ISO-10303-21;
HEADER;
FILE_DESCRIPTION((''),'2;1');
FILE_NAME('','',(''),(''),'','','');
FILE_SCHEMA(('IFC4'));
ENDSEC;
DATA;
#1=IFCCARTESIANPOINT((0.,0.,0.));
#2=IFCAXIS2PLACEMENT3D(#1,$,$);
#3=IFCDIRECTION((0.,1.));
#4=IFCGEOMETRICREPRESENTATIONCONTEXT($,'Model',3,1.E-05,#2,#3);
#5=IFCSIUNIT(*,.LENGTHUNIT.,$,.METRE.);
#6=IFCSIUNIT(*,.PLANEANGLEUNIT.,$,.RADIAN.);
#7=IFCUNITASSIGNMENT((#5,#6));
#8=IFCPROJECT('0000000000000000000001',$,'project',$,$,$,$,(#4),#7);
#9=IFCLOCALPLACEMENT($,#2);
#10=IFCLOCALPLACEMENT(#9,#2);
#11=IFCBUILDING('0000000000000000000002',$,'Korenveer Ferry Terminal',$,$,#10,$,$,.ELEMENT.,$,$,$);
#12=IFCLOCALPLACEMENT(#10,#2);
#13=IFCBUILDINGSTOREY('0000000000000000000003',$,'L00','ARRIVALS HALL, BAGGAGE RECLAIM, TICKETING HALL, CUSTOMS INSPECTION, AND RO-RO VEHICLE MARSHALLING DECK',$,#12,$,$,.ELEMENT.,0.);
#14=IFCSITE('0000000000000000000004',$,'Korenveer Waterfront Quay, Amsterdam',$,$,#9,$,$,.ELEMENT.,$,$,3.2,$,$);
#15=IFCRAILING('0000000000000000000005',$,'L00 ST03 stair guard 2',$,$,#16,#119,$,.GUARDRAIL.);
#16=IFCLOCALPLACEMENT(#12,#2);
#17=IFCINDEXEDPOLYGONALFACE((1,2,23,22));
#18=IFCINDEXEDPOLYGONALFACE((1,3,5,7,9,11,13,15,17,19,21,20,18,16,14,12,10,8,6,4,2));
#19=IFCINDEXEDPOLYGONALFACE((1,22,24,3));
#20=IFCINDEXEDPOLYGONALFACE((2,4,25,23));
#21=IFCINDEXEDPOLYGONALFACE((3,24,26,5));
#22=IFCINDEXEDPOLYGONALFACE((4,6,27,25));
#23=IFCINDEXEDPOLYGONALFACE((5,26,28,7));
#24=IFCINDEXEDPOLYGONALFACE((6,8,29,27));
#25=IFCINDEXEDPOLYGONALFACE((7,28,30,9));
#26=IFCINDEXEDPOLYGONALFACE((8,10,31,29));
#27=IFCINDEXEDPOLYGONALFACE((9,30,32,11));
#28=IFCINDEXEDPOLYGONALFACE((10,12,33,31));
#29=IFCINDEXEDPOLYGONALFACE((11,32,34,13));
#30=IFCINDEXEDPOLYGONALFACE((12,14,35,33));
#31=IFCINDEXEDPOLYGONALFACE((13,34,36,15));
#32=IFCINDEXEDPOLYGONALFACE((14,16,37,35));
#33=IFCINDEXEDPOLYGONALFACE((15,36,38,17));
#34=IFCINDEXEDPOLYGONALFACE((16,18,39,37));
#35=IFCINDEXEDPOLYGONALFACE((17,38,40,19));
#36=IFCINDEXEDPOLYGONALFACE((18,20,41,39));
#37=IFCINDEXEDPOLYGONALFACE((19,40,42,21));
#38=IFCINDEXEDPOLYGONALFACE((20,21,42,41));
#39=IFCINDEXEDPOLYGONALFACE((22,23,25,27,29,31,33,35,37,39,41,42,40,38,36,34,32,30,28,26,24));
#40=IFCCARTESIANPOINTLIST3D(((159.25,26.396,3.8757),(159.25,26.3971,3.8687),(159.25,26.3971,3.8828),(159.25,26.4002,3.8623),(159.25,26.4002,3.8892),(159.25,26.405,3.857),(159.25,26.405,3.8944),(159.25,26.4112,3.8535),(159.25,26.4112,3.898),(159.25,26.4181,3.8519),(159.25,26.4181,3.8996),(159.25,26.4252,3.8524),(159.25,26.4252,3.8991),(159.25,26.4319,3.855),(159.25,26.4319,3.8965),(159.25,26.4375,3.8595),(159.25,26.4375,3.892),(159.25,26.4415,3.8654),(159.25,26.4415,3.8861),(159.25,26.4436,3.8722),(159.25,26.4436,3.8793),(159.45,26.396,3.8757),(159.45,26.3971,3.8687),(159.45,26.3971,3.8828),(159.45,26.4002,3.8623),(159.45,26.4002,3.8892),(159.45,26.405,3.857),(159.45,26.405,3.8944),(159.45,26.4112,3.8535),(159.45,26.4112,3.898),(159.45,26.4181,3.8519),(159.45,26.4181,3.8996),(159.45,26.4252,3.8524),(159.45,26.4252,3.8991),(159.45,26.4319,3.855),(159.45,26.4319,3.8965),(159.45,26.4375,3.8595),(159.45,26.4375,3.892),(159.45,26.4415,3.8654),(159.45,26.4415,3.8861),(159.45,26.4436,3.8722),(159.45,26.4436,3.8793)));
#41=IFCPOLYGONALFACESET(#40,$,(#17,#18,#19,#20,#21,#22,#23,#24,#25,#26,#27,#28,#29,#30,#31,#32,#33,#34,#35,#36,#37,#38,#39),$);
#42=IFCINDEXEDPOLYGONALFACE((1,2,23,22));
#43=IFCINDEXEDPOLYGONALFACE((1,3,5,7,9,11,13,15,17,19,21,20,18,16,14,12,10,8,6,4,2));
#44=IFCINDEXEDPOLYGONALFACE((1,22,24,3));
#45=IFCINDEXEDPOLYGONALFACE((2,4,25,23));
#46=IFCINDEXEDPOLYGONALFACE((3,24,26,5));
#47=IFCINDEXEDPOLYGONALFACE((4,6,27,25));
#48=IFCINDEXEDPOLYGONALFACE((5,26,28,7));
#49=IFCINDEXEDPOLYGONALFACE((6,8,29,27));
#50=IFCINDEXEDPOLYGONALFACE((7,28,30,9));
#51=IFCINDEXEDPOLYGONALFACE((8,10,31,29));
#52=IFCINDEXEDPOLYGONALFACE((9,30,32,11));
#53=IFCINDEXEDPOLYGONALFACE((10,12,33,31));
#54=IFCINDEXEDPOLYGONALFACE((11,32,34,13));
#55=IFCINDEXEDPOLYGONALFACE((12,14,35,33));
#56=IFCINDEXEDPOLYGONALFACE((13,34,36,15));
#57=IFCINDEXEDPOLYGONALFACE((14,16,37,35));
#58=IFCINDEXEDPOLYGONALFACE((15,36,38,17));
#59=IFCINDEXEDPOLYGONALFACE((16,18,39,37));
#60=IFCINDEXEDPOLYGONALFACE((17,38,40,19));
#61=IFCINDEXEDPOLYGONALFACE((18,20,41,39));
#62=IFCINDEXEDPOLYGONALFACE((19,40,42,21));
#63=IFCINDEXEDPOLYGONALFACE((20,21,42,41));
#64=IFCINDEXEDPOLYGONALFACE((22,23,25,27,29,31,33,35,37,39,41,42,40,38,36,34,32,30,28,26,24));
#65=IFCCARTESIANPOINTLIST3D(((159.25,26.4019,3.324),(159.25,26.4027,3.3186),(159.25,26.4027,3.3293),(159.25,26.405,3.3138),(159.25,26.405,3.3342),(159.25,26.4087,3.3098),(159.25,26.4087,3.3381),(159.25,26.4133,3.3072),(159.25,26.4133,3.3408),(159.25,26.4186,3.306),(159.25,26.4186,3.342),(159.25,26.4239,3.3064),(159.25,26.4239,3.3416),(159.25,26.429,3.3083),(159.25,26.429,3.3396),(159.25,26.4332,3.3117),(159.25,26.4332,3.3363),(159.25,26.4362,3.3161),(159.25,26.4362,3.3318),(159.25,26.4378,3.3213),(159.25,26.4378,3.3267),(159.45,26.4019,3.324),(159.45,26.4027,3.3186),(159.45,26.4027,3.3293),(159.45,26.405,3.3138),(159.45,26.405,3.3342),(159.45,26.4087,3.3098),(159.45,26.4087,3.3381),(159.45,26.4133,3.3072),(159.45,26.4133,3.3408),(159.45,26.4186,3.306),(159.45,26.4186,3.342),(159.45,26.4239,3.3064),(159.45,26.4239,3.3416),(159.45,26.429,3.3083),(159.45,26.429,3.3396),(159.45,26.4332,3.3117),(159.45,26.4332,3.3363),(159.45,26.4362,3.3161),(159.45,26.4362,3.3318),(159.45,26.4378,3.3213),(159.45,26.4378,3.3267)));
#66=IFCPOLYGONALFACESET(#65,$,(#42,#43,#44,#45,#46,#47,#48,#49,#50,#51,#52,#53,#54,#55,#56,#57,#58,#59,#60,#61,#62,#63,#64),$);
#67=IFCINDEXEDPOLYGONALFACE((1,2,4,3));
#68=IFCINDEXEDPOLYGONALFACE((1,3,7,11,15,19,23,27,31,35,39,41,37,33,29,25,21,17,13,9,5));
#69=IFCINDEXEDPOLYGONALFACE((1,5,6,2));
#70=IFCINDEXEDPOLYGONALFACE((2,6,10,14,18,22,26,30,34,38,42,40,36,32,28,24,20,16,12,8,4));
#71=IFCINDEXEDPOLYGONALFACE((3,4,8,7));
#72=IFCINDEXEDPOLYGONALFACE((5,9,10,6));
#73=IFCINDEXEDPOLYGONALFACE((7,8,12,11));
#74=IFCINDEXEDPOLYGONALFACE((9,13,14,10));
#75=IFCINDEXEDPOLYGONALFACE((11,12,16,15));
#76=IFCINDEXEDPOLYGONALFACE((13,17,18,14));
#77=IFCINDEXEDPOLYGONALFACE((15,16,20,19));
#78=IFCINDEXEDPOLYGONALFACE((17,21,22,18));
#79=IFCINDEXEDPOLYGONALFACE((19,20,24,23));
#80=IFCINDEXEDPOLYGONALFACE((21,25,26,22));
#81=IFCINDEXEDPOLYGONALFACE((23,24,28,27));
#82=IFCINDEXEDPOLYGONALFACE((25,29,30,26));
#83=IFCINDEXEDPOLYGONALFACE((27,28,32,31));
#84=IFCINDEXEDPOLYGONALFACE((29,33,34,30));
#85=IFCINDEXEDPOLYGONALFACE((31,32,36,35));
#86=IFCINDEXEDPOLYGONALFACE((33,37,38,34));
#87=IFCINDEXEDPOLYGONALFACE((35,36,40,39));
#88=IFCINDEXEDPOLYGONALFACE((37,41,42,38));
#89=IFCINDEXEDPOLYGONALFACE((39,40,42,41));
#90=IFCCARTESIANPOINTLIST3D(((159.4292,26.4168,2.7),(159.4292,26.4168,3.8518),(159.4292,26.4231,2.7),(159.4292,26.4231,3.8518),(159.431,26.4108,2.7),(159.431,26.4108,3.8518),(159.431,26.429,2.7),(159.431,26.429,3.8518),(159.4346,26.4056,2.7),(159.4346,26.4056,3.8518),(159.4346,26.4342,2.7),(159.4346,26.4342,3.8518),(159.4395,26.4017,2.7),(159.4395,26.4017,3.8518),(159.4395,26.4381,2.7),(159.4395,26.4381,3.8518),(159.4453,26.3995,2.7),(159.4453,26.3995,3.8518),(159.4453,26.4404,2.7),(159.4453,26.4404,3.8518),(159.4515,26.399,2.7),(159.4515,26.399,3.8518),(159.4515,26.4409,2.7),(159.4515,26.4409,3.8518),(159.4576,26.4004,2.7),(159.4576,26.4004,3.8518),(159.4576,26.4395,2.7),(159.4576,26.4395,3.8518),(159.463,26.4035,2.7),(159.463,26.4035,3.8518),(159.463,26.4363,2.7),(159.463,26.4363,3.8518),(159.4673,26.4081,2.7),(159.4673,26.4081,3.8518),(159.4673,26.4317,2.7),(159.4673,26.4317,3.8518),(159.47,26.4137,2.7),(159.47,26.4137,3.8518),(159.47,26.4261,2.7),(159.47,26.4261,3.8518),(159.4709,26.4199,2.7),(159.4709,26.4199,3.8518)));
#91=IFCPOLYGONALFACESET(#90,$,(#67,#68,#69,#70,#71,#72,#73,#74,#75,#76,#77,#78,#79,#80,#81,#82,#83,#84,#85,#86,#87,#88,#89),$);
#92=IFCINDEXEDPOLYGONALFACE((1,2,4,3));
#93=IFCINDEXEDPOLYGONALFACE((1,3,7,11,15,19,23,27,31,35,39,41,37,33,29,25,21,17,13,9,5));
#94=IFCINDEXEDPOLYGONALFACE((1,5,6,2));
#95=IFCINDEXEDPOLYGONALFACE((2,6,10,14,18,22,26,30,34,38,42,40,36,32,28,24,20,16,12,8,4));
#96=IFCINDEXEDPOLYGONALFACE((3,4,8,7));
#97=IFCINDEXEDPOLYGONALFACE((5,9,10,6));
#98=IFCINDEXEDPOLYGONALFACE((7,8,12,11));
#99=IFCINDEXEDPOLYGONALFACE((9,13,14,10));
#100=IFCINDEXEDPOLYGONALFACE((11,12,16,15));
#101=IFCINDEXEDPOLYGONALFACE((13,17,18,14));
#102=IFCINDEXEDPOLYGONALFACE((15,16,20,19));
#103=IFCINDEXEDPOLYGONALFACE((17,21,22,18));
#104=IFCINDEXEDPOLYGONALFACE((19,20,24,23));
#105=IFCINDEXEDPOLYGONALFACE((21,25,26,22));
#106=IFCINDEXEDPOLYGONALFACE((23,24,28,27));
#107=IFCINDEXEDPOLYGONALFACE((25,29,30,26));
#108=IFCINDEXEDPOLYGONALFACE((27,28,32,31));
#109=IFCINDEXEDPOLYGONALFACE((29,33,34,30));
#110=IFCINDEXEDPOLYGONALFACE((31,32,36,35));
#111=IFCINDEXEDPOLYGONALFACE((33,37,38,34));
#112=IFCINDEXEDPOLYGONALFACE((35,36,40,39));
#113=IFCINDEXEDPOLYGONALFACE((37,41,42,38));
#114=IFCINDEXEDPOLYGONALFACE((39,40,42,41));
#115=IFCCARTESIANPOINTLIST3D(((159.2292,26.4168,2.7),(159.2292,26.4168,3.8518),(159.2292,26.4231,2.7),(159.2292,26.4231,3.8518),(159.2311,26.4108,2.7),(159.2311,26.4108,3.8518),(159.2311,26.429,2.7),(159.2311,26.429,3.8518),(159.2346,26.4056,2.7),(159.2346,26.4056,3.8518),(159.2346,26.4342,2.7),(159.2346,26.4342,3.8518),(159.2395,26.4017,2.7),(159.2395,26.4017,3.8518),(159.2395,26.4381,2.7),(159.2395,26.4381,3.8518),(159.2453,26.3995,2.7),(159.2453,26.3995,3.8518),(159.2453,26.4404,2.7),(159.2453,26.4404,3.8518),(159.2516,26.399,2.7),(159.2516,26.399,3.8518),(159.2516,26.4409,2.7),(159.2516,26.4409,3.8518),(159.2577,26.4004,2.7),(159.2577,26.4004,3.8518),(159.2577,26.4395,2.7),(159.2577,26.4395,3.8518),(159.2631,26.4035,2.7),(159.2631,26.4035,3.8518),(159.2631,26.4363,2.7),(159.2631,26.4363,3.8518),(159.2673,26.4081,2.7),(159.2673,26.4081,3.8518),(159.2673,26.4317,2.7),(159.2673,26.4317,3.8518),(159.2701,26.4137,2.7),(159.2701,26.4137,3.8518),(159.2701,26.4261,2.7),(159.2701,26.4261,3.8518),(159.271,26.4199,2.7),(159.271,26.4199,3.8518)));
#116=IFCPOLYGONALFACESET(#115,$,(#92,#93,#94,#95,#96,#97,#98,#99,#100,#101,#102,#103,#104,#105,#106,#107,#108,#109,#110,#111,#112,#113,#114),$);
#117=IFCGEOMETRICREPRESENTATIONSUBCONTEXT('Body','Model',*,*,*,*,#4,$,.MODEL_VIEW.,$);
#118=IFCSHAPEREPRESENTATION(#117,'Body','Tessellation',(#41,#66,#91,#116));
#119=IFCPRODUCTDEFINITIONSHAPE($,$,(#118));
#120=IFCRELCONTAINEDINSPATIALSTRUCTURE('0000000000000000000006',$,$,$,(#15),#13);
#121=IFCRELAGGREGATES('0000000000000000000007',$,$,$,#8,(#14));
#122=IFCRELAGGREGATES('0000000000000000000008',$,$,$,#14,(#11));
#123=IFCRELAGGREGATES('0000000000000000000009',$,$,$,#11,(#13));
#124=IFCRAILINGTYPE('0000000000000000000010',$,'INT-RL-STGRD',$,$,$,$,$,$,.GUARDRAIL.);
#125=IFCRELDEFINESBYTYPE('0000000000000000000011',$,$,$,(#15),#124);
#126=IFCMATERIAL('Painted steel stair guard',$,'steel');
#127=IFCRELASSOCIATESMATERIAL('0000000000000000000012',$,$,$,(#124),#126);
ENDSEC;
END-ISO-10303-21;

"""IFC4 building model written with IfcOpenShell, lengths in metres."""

from ifc_helpers import new_model, si_unit, direction, frame, origin, origin_2d, place, context, subcontext, project, spatial, circle, extrude, material, type_object, element, save


model = new_model("IFC4")

# Units and contexts
model_context = context("Model", 3, precision=1e-05, world=origin(), true_north=direction((0.0, 1.0)))
body_context = subcontext(model_context, "Body", "Model", "MODEL_VIEW")
ifc_project = project(units=[si_unit("LENGTHUNIT", "METRE"), si_unit("PLANEANGLEUNIT", "RADIAN")], contexts=[model_context])

# Site, building, storey
site_placement = place(None, origin())
site = spatial("IfcSite", under=ifc_project, at=site_placement, Name="Korenveer Waterfront Quay, Amsterdam", CompositionType="ELEMENT", RefElevation=3.2)
building_placement = place(site_placement, origin())
building = spatial("IfcBuilding", under=site, at=building_placement, Name="Korenveer Ferry Terminal", CompositionType="ELEMENT")
storey_placement = place(building_placement, origin())
storey = spatial("IfcBuildingStorey", under=building, at=storey_placement, Name="L00", Description="ARRIVALS HALL, BAGGAGE RECLAIM, TICKETING HALL, CUSTOMS INSPECTION, AND RO-RO VEHICLE MARSHALLING DECK", CompositionType="ELEMENT", Elevation=0.0)

# Railing
ifc_material_1 = material(Name="Painted steel stair guard", Category="steel")
railing_type_1 = type_object("IfcRailingType", Name="INT-RL-STGRD", PredefinedType="GUARDRAIL", material=ifc_material_1)
railing_1_placement = place(storey_placement, frame((159.45, 26.4199, 2.7)))
element("IfcRailing", 1, at=railing_1_placement, inside=storey, type_object=railing_type_1, Name="L00 ST03 stair guard 2", PredefinedType="GUARDRAIL", context=body_context, shape_type="SweptSolid", body=[
    extrude(circle(Radius=0.0239, at=origin_2d()), frame((0.0, 0.0, 1.1758), z_axis=(-1.0, 0.0, 0.0), x_axis=(0.0, -1.0, 0.0)), (0.0, 0.0, 1.0), 0.2),
    extrude(circle(Radius=0.0181, at=origin_2d()), frame((0.0, 0.0, 0.624), z_axis=(-1.0, 0.0, 0.0), x_axis=(0.0, -1.0, 0.0)), (0.0, 0.0, 1.0), 0.2),
    extrude(circle(Radius=0.021, at=origin_2d()), origin(), (0.0, 0.0, 1.0), 1.1519),
    extrude(circle(Radius=0.021, at=origin_2d()), frame((-0.2, 0.0, 0.0)), (0.0, 0.0, 1.0), 1.1519),
])

save(model, "model.ifc")
